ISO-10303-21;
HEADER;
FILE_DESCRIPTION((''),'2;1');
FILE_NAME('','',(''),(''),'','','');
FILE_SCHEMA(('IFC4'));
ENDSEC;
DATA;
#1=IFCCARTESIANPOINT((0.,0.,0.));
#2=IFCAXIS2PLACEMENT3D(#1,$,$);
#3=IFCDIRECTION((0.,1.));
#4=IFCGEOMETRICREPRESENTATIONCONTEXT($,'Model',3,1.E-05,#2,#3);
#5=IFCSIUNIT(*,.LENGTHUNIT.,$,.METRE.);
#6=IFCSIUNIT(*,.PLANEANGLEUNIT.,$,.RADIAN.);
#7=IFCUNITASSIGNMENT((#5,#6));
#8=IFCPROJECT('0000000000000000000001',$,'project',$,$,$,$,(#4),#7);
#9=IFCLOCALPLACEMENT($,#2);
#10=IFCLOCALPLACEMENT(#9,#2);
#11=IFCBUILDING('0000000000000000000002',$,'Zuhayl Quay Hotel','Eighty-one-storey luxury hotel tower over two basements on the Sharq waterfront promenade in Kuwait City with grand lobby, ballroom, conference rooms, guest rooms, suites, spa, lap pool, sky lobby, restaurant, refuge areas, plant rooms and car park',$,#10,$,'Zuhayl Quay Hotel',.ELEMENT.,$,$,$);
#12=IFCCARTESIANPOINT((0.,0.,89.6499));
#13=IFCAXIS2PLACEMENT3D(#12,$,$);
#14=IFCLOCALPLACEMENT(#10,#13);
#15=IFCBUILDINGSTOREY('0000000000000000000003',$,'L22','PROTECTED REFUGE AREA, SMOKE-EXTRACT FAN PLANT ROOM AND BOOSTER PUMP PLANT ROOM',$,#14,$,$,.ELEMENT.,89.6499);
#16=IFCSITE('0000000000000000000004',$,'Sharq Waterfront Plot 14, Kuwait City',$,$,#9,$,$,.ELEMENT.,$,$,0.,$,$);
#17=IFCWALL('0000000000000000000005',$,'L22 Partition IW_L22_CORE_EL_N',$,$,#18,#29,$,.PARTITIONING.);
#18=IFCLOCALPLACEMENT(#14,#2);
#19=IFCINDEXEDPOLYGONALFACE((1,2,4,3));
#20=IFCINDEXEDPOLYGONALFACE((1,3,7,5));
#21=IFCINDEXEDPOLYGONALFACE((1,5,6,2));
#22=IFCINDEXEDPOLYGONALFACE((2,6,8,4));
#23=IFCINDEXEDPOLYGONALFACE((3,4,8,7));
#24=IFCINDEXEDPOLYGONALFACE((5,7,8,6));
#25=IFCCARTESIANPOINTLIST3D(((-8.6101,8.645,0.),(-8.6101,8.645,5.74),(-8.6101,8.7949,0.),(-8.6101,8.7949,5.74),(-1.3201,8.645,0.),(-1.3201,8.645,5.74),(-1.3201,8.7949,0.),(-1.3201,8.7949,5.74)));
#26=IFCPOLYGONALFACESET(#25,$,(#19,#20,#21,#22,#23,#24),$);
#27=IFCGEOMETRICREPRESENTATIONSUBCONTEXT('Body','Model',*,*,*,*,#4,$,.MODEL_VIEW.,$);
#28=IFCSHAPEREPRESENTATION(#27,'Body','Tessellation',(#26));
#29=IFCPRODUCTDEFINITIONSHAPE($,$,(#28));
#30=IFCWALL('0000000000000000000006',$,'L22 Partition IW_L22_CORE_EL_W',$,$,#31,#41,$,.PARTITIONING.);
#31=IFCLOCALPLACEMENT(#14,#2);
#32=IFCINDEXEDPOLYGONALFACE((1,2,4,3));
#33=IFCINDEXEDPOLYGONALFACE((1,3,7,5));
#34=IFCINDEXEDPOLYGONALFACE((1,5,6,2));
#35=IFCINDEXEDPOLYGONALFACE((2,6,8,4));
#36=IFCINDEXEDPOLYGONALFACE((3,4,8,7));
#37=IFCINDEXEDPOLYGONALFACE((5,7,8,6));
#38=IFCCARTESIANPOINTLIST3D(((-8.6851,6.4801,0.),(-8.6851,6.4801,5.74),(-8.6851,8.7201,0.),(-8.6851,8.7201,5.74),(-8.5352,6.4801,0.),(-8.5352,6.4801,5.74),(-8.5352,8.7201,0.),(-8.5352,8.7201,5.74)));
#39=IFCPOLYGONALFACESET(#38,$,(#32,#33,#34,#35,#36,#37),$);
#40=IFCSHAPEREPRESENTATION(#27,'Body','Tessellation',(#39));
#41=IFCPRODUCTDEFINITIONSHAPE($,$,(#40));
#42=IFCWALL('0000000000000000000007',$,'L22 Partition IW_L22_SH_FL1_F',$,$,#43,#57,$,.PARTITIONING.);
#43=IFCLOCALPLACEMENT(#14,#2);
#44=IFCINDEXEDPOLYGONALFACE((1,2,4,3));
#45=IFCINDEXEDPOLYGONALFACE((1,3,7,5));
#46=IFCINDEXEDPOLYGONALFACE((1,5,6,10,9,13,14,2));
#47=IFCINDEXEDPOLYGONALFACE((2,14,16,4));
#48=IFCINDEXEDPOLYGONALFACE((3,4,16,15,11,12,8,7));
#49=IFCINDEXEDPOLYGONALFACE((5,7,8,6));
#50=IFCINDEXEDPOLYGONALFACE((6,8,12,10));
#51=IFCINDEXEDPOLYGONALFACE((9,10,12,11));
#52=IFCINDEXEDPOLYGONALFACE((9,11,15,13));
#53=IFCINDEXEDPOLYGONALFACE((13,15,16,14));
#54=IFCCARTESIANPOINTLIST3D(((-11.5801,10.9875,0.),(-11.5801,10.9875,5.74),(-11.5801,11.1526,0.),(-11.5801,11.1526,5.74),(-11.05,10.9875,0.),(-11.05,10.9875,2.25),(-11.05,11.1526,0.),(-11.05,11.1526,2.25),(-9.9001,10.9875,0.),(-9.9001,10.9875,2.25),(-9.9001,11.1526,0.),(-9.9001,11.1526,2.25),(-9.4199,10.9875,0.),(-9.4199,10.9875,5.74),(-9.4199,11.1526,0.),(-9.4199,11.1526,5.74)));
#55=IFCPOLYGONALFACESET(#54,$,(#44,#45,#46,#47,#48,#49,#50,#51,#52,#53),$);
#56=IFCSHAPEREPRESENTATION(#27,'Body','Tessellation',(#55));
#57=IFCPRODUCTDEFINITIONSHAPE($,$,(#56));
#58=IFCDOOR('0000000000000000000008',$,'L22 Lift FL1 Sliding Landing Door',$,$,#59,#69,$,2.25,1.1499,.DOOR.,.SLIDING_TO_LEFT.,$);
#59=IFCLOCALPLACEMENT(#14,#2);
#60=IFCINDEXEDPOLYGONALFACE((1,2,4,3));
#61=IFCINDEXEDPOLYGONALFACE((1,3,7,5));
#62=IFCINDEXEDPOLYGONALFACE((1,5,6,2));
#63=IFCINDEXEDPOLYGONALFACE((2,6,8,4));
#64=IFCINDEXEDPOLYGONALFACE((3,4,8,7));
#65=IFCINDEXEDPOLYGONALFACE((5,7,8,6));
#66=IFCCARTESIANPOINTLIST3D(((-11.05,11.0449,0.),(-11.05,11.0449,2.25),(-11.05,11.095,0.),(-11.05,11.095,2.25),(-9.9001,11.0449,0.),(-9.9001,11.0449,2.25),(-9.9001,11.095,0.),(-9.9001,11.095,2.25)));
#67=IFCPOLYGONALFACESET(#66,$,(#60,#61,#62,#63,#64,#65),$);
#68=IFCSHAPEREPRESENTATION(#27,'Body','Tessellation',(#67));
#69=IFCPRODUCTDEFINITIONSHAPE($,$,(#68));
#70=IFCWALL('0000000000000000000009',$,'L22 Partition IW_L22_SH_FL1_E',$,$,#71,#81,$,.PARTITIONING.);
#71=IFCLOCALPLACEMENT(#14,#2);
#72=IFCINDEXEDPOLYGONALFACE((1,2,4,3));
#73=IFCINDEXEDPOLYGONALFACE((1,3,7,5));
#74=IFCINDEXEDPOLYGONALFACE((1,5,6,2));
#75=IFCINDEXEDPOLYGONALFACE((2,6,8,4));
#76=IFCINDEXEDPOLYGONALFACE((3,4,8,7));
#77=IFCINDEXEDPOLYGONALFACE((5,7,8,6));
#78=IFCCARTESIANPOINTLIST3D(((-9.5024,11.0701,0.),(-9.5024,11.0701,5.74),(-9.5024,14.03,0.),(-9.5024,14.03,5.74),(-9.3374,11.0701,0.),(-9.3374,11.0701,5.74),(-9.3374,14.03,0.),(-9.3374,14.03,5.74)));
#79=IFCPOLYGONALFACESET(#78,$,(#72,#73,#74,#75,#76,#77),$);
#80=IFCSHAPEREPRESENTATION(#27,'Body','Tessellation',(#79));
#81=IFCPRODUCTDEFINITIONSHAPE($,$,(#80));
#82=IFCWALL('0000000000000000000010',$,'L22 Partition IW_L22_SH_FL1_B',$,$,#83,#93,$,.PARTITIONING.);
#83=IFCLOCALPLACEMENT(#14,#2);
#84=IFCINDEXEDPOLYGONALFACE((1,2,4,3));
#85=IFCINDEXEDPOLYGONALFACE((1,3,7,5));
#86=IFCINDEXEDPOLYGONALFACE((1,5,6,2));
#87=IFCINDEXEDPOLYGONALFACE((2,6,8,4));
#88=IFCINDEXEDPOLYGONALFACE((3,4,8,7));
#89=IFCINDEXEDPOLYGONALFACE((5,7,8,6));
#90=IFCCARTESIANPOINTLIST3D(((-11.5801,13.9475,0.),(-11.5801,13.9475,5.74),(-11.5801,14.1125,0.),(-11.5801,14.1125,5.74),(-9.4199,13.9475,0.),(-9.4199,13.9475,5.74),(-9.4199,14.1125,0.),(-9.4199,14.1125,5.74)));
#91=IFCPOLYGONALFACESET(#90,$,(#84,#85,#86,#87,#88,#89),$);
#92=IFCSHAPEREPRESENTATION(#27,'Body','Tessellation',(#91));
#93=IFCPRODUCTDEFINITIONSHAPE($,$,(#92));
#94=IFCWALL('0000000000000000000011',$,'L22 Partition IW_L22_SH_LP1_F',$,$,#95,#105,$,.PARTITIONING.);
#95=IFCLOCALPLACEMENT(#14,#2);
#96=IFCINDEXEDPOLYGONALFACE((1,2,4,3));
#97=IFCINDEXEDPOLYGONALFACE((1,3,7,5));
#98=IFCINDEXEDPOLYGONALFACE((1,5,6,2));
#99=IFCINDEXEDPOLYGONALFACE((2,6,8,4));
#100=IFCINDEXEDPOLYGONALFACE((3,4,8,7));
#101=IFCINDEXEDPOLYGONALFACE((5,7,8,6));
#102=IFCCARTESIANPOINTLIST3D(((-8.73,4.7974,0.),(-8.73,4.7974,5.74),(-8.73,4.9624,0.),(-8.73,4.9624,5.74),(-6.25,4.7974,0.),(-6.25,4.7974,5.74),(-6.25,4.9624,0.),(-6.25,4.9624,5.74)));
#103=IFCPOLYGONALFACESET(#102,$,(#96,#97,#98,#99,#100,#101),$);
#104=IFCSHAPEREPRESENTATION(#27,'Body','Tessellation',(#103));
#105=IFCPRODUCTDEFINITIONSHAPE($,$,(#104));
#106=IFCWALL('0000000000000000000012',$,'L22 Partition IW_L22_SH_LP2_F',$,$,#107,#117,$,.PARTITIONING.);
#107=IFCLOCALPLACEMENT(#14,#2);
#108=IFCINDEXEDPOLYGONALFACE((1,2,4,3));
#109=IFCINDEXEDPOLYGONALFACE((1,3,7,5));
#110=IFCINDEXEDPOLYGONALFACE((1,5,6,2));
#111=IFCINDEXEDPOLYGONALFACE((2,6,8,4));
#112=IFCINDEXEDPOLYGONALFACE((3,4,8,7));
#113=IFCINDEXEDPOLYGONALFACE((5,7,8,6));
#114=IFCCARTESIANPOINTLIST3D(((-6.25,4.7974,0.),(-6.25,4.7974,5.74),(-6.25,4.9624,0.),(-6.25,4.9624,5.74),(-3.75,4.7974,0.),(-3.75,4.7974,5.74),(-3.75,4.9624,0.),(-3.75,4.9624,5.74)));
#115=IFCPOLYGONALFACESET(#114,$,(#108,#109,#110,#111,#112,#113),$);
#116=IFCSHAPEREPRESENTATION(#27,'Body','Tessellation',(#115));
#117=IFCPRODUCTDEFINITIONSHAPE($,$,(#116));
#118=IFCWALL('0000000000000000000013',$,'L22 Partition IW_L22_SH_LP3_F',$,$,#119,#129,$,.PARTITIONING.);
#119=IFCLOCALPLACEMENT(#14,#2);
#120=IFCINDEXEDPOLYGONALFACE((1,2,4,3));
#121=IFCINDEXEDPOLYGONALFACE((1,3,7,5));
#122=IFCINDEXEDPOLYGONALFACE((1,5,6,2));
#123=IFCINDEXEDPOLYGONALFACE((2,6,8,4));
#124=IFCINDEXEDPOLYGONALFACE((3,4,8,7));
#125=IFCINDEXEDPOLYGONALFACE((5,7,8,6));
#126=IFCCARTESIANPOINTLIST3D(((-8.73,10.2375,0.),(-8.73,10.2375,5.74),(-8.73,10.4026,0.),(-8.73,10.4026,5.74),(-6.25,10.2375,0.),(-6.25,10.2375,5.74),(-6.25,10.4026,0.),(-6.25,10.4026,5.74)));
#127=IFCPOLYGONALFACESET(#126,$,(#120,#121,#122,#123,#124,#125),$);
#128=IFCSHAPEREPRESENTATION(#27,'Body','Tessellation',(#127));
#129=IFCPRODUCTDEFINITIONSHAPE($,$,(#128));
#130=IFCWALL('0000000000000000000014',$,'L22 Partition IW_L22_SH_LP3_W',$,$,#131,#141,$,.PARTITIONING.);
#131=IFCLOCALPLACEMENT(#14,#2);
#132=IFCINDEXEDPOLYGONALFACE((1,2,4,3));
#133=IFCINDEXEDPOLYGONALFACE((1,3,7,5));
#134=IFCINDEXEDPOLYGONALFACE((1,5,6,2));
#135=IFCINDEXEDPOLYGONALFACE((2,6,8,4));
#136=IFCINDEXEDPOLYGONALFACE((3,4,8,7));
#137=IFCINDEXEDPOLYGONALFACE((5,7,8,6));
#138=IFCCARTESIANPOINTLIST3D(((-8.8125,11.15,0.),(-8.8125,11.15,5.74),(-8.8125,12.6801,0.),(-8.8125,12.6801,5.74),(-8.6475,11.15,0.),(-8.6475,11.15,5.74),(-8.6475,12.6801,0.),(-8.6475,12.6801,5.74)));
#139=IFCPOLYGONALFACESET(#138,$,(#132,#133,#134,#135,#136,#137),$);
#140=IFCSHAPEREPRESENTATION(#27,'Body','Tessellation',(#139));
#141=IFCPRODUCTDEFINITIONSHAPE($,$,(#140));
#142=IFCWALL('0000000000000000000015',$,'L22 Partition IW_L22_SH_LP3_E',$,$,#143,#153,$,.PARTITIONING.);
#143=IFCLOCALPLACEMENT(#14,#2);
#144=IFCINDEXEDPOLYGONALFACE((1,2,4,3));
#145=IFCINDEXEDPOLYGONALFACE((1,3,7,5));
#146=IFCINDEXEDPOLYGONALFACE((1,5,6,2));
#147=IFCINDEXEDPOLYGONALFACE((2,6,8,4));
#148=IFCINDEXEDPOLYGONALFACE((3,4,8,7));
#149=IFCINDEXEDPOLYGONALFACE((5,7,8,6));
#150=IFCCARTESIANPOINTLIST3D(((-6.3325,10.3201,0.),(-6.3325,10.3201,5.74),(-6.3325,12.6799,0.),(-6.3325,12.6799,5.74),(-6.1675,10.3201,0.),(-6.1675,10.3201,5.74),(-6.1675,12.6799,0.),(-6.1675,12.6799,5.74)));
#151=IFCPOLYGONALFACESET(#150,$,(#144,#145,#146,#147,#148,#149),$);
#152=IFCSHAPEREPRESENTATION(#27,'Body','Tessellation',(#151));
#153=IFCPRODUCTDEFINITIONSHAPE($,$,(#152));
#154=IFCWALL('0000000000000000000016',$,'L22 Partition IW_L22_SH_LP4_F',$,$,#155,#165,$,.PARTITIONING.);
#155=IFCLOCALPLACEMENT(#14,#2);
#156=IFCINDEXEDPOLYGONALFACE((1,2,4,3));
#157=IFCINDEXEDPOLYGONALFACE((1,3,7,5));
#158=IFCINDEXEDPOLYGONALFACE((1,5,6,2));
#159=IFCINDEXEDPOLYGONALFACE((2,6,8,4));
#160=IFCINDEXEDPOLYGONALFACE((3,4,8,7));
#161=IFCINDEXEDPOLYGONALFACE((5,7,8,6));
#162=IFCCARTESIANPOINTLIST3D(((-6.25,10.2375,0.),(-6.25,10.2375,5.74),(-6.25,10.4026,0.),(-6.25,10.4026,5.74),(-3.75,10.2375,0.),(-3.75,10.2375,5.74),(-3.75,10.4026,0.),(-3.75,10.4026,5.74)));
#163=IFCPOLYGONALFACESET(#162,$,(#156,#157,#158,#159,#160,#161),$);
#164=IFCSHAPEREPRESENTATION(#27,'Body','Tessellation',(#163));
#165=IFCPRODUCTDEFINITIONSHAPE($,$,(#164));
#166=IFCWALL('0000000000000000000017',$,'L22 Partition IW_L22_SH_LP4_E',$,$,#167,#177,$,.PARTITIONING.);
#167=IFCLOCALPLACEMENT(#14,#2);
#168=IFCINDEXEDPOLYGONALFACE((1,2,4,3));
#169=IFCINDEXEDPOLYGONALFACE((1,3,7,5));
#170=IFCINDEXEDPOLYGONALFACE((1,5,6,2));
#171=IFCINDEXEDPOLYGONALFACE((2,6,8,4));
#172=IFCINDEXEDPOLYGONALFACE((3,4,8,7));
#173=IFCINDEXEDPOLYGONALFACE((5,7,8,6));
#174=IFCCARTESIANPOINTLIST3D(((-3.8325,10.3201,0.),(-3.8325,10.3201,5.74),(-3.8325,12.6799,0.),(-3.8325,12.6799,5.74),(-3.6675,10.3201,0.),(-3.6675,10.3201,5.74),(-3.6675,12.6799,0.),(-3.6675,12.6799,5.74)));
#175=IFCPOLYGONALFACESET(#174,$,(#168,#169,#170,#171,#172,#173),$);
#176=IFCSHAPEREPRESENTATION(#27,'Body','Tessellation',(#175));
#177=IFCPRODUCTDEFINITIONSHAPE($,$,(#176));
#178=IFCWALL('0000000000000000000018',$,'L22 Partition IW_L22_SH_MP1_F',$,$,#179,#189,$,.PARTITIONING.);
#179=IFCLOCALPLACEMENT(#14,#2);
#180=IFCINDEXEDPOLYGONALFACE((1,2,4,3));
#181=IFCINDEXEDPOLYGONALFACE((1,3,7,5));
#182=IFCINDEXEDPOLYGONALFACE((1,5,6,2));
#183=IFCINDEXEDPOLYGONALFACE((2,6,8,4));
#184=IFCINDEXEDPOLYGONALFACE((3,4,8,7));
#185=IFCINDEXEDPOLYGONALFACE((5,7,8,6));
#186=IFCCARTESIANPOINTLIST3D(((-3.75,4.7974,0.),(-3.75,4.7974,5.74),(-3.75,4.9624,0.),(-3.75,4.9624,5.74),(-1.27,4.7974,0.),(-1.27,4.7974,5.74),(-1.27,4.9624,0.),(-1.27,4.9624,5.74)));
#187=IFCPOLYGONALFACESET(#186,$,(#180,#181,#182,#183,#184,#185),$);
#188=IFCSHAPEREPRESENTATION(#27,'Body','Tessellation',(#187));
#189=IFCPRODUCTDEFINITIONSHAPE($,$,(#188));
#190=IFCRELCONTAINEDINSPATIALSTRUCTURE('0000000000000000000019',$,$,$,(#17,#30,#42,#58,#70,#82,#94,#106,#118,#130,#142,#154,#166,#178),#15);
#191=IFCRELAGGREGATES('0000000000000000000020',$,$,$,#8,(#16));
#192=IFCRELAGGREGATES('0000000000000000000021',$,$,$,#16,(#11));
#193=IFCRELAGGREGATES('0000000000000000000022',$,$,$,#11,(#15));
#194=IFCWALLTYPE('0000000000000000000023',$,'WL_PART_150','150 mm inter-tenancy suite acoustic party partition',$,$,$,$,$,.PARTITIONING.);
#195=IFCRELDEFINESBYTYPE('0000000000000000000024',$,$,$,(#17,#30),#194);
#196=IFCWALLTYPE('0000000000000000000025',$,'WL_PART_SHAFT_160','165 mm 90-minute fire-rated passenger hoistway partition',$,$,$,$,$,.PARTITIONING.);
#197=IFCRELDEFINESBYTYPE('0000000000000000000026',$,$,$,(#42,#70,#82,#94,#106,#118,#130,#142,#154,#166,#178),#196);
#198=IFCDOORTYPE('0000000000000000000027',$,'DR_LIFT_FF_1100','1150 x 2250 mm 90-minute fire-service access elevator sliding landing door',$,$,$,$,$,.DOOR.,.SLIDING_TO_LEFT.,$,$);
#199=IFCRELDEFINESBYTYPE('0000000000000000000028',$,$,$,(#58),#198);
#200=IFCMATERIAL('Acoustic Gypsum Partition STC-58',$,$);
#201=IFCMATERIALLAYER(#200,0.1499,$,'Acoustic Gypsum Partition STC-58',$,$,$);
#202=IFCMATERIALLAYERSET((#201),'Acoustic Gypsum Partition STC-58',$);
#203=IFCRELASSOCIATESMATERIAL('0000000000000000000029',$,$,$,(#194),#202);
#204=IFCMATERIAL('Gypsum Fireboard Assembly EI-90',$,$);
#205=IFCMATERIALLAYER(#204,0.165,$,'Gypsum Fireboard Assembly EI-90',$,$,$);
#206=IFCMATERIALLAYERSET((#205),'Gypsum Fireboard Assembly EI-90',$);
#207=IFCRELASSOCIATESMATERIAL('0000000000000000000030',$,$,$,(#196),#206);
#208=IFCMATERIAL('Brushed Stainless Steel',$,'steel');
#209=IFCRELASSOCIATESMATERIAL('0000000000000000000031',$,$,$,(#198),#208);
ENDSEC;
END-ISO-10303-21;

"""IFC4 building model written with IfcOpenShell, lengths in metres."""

from ifc_helpers import new_model, si_unit, direction, frame, frame_2d, origin, place, context, subcontext, project, spatial, rectangle, extrude, material, layer, layer_set, type_object, element, fill, save


model = new_model("IFC4")

# Units and contexts
model_context = context("Model", 3, precision=1e-05, world=origin(), true_north=direction((0.0, 1.0)))
body_context = subcontext(model_context, "Body", "Model", "MODEL_VIEW")
ifc_project = project(units=[si_unit("LENGTHUNIT", "METRE"), si_unit("PLANEANGLEUNIT", "RADIAN")], contexts=[model_context])

# Site, building, storey
site_placement = place(None, origin())
site = spatial("IfcSite", under=ifc_project, at=site_placement, Name="Sharq Waterfront Plot 14, Kuwait City", CompositionType="ELEMENT", RefElevation=0.0)
building_placement = place(site_placement, origin())
building = spatial("IfcBuilding", under=site, at=building_placement, Name="Zuhayl Quay Hotel", Description="Eighty-one-storey luxury hotel tower over two basements on the Sharq waterfront promenade in Kuwait City with grand lobby, ballroom, conference rooms, guest rooms, suites, spa, lap pool, sky lobby, restaurant, refuge areas, plant rooms and car park", LongName="Zuhayl Quay Hotel", CompositionType="ELEMENT")
storey_placement = place(building_placement, frame((0.0, 0.0, 89.6499)))
storey = spatial("IfcBuildingStorey", under=building, at=storey_placement, Name="L22", Description="PROTECTED REFUGE AREA, SMOKE-EXTRACT FAN PLANT ROOM AND BOOSTER PUMP PLANT ROOM", CompositionType="ELEMENT", Elevation=89.6499)

# Shared definitions
ifc_material_1 = material(Name="Acoustic Gypsum Partition STC-58")
ifc_layer_1 = layer(ifc_material_1, 0.1499, Name="Acoustic Gypsum Partition STC-58")
ifc_layer_set_1 = layer_set([ifc_layer_1], Name="Acoustic Gypsum Partition STC-58")
wall_type_1 = type_object("IfcWallType", Name="WL_PART_150", Description="150 mm inter-tenancy suite acoustic party partition", PredefinedType="PARTITIONING", material=ifc_layer_set_1)

# Walls
wall_1_placement = place(storey_placement, frame((-8.6101, 8.72, 0.0), z_axis=(0.0, 0.0, 1.0), x_axis=(1.0, 0.0, 0.0)))
element("IfcWall", 1, at=wall_1_placement, inside=storey, type_object=wall_type_1, Name="L22 Partition IW_L22_CORE_EL_N", PredefinedType="PARTITIONING", context=body_context, shape_type="SweptSolid", body=[
    extrude(rectangle(XDim=7.29, YDim=0.1499, at=frame_2d((3.645, 0.0))), origin(), (0.0, 0.0, 1.0), 5.74),
])
wall_2_placement = place(storey_placement, frame((-8.6101, 6.48, 0.0), z_axis=(0.0, 0.0, 1.0), x_axis=(0.0, 1.0, 0.0)))
element("IfcWall", 2, at=wall_2_placement, inside=storey, type_object=wall_type_1, Name="L22 Partition IW_L22_CORE_EL_W", PredefinedType="PARTITIONING", context=body_context, shape_type="SweptSolid", body=[
    extrude(rectangle(XDim=2.24, YDim=0.1499, at=frame_2d((1.1201, 0.0))), origin(), (0.0, 0.0, 1.0), 5.74),
])

# Wall, opening, door
ifc_material_2 = material(Name="Gypsum Fireboard Assembly EI-90")
ifc_layer_2 = layer(ifc_material_2, 0.165, Name="Gypsum Fireboard Assembly EI-90")
ifc_layer_set_2 = layer_set([ifc_layer_2], Name="Gypsum Fireboard Assembly EI-90")
wall_type_2 = type_object("IfcWallType", Name="WL_PART_SHAFT_160", Description="165 mm 90-minute fire-rated passenger hoistway partition", PredefinedType="PARTITIONING", material=ifc_layer_set_2)
wall_3_placement = place(storey_placement, frame((-11.5801, 11.0701, 0.0), z_axis=(0.0, 0.0, 1.0), x_axis=(1.0, 0.0, 0.0)))
wall_3 = element("IfcWall", 3, at=wall_3_placement, inside=storey, type_object=wall_type_2, Name="L22 Partition IW_L22_SH_FL1_F", PredefinedType="PARTITIONING", context=body_context, shape_type="SweptSolid", body=[
    extrude(rectangle(XDim=2.1602, YDim=0.165, at=frame_2d((1.0801, 0.0))), origin(), (0.0, 0.0, 1.0), 5.74),
])
opening_1_placement = place(wall_3_placement, frame((0.53, 0.0, 0.0)))
opening_1 = element("IfcOpeningElement", 4, at=opening_1_placement, cuts=wall_3, PredefinedType="OPENING", context=body_context, shape_type="SweptSolid", body=[
    extrude(rectangle(XDim=1.1499, YDim=2.25, at=frame_2d((0.575, 1.125))), frame((0.0, 0.0925, 0.0), z_axis=(0.0, -1.0, 0.0), x_axis=(1.0, 0.0, 0.0)), (0.0, 0.0, 1.0), 0.1851),
])
ifc_material_3 = material(Name="Brushed Stainless Steel", Category="steel")
door_type_1 = type_object("IfcDoorType", Name="DR_LIFT_FF_1100", Description="1150 x 2250 mm 90-minute fire-service access elevator sliding landing door", OperationType="SLIDING_TO_LEFT", PredefinedType="DOOR", material=ifc_material_3)
door_1_placement = place(opening_1_placement, origin())
door_1 = element("IfcDoor", 5, at=door_1_placement, inside=storey, type_object=door_type_1, Name="L22 Lift FL1 Sliding Landing Door", OperationType="SLIDING_TO_LEFT", OverallHeight=2.25, OverallWidth=1.1499, PredefinedType="DOOR", context=body_context, shape_type="SweptSolid", body=[
    extrude(rectangle(XDim=1.1499, YDim=2.25, at=frame_2d((0.575, 1.125))), frame((0.0, 0.0249, 0.0), z_axis=(0.0, -1.0, 0.0), x_axis=(1.0, 0.0, 0.0)), (0.0, 0.0, 1.0), 0.05),
])
fill(opening_1, door_1)

# Walls
wall_4_placement = place(storey_placement, frame((-9.4199, 11.0701, 0.0), z_axis=(0.0, 0.0, 1.0), x_axis=(0.0, 1.0, 0.0)))
element("IfcWall", 6, at=wall_4_placement, inside=storey, type_object=wall_type_2, Name="L22 Partition IW_L22_SH_FL1_E", PredefinedType="PARTITIONING", context=body_context, shape_type="SweptSolid", body=[
    extrude(rectangle(XDim=2.96, YDim=0.165, at=frame_2d((1.48, 0.0))), origin(), (0.0, 0.0, 1.0), 5.74),
])
wall_5_placement = place(storey_placement, frame((-11.5801, 14.03, 0.0), z_axis=(0.0, 0.0, 1.0), x_axis=(1.0, 0.0, 0.0)))
element("IfcWall", 7, at=wall_5_placement, inside=storey, type_object=wall_type_2, Name="L22 Partition IW_L22_SH_FL1_B", PredefinedType="PARTITIONING", context=body_context, shape_type="SweptSolid", body=[
    extrude(rectangle(XDim=2.1602, YDim=0.165, at=frame_2d((1.0801, 0.0))), origin(), (0.0, 0.0, 1.0), 5.74),
])
wall_6_placement = place(storey_placement, frame((-8.73, 4.8799, 0.0), z_axis=(0.0, 0.0, 1.0), x_axis=(1.0, 0.0, 0.0)))
element("IfcWall", 8, at=wall_6_placement, inside=storey, type_object=wall_type_2, Name="L22 Partition IW_L22_SH_LP1_F", PredefinedType="PARTITIONING", context=body_context, shape_type="SweptSolid", body=[
    extrude(rectangle(XDim=2.48, YDim=0.165, at=frame_2d((1.24, 0.0))), origin(), (0.0, 0.0, 1.0), 5.74),
])
wall_7_placement = place(storey_placement, frame((-6.25, 4.8799, 0.0), z_axis=(0.0, 0.0, 1.0), x_axis=(1.0, 0.0, 0.0)))
element("IfcWall", 9, at=wall_7_placement, inside=storey, type_object=wall_type_2, Name="L22 Partition IW_L22_SH_LP2_F", PredefinedType="PARTITIONING", context=body_context, shape_type="SweptSolid", body=[
    extrude(rectangle(XDim=2.5, YDim=0.165, at=frame_2d((1.25, 0.0))), origin(), (0.0, 0.0, 1.0), 5.74),
])
wall_8_placement = place(storey_placement, frame((-8.73, 10.3201, 0.0), z_axis=(0.0, 0.0, 1.0), x_axis=(1.0, 0.0, 0.0)))
element("IfcWall", 10, at=wall_8_placement, inside=storey, type_object=wall_type_2, Name="L22 Partition IW_L22_SH_LP3_F", PredefinedType="PARTITIONING", context=body_context, shape_type="SweptSolid", body=[
    extrude(rectangle(XDim=2.48, YDim=0.165, at=frame_2d((1.24, 0.0))), origin(), (0.0, 0.0, 1.0), 5.74),
])
wall_9_placement = place(storey_placement, frame((-8.73, 11.1499, 0.0), z_axis=(0.0, 0.0, 1.0), x_axis=(0.0, 1.0, 0.0)))
element("IfcWall", 11, at=wall_9_placement, inside=storey, type_object=wall_type_2, Name="L22 Partition IW_L22_SH_LP3_W", PredefinedType="PARTITIONING", context=body_context, shape_type="SweptSolid", body=[
    extrude(rectangle(XDim=1.53, YDim=0.165, at=frame_2d((0.7651, 0.0))), origin(), (0.0, 0.0, 1.0), 5.74),
])
wall_10_placement = place(storey_placement, frame((-6.25, 10.3201, 0.0), z_axis=(0.0, 0.0, 1.0), x_axis=(0.0, 1.0, 0.0)))
element("IfcWall", 12, at=wall_10_placement, inside=storey, type_object=wall_type_2, Name="L22 Partition IW_L22_SH_LP3_E", PredefinedType="PARTITIONING", context=body_context, shape_type="SweptSolid", body=[
    extrude(rectangle(XDim=2.3599, YDim=0.165, at=frame_2d((1.1799, 0.0))), origin(), (0.0, 0.0, 1.0), 5.74),
])
wall_11_placement = place(storey_placement, frame((-6.25, 10.3201, 0.0), z_axis=(0.0, 0.0, 1.0), x_axis=(1.0, 0.0, 0.0)))
element("IfcWall", 13, at=wall_11_placement, inside=storey, type_object=wall_type_2, Name="L22 Partition IW_L22_SH_LP4_F", PredefinedType="PARTITIONING", context=body_context, shape_type="SweptSolid", body=[
    extrude(rectangle(XDim=2.5, YDim=0.165, at=frame_2d((1.25, 0.0))), origin(), (0.0, 0.0, 1.0), 5.74),
])
wall_12_placement = place(storey_placement, frame((-3.75, 10.3201, 0.0), z_axis=(0.0, 0.0, 1.0), x_axis=(0.0, 1.0, 0.0)))
element("IfcWall", 14, at=wall_12_placement, inside=storey, type_object=wall_type_2, Name="L22 Partition IW_L22_SH_LP4_E", PredefinedType="PARTITIONING", context=body_context, shape_type="SweptSolid", body=[
    extrude(rectangle(XDim=2.3599, YDim=0.165, at=frame_2d((1.1799, 0.0))), origin(), (0.0, 0.0, 1.0), 5.74),
])
for number, where, z_axis, x_axis, name in (
    (15, (-3.75, 4.8799, 0.0), (0.0, 0.0, 1.0), (1.0, 0.0, 0.0), "L22 Partition IW_L22_SH_MP1_F"),
):
    element("IfcWall", number, at=place(storey_placement, frame(where, z_axis=z_axis, x_axis=x_axis)), inside=storey, type_object=wall_type_2, Name=name, PredefinedType="PARTITIONING", context=body_context, shape_type="SweptSolid", body=[
        extrude(rectangle(XDim=2.48, YDim=0.165, at=frame_2d((1.24, 0.0))), origin(), (0.0, 0.0, 1.0), 5.74),
    ])

save(model, "model.ifc")
